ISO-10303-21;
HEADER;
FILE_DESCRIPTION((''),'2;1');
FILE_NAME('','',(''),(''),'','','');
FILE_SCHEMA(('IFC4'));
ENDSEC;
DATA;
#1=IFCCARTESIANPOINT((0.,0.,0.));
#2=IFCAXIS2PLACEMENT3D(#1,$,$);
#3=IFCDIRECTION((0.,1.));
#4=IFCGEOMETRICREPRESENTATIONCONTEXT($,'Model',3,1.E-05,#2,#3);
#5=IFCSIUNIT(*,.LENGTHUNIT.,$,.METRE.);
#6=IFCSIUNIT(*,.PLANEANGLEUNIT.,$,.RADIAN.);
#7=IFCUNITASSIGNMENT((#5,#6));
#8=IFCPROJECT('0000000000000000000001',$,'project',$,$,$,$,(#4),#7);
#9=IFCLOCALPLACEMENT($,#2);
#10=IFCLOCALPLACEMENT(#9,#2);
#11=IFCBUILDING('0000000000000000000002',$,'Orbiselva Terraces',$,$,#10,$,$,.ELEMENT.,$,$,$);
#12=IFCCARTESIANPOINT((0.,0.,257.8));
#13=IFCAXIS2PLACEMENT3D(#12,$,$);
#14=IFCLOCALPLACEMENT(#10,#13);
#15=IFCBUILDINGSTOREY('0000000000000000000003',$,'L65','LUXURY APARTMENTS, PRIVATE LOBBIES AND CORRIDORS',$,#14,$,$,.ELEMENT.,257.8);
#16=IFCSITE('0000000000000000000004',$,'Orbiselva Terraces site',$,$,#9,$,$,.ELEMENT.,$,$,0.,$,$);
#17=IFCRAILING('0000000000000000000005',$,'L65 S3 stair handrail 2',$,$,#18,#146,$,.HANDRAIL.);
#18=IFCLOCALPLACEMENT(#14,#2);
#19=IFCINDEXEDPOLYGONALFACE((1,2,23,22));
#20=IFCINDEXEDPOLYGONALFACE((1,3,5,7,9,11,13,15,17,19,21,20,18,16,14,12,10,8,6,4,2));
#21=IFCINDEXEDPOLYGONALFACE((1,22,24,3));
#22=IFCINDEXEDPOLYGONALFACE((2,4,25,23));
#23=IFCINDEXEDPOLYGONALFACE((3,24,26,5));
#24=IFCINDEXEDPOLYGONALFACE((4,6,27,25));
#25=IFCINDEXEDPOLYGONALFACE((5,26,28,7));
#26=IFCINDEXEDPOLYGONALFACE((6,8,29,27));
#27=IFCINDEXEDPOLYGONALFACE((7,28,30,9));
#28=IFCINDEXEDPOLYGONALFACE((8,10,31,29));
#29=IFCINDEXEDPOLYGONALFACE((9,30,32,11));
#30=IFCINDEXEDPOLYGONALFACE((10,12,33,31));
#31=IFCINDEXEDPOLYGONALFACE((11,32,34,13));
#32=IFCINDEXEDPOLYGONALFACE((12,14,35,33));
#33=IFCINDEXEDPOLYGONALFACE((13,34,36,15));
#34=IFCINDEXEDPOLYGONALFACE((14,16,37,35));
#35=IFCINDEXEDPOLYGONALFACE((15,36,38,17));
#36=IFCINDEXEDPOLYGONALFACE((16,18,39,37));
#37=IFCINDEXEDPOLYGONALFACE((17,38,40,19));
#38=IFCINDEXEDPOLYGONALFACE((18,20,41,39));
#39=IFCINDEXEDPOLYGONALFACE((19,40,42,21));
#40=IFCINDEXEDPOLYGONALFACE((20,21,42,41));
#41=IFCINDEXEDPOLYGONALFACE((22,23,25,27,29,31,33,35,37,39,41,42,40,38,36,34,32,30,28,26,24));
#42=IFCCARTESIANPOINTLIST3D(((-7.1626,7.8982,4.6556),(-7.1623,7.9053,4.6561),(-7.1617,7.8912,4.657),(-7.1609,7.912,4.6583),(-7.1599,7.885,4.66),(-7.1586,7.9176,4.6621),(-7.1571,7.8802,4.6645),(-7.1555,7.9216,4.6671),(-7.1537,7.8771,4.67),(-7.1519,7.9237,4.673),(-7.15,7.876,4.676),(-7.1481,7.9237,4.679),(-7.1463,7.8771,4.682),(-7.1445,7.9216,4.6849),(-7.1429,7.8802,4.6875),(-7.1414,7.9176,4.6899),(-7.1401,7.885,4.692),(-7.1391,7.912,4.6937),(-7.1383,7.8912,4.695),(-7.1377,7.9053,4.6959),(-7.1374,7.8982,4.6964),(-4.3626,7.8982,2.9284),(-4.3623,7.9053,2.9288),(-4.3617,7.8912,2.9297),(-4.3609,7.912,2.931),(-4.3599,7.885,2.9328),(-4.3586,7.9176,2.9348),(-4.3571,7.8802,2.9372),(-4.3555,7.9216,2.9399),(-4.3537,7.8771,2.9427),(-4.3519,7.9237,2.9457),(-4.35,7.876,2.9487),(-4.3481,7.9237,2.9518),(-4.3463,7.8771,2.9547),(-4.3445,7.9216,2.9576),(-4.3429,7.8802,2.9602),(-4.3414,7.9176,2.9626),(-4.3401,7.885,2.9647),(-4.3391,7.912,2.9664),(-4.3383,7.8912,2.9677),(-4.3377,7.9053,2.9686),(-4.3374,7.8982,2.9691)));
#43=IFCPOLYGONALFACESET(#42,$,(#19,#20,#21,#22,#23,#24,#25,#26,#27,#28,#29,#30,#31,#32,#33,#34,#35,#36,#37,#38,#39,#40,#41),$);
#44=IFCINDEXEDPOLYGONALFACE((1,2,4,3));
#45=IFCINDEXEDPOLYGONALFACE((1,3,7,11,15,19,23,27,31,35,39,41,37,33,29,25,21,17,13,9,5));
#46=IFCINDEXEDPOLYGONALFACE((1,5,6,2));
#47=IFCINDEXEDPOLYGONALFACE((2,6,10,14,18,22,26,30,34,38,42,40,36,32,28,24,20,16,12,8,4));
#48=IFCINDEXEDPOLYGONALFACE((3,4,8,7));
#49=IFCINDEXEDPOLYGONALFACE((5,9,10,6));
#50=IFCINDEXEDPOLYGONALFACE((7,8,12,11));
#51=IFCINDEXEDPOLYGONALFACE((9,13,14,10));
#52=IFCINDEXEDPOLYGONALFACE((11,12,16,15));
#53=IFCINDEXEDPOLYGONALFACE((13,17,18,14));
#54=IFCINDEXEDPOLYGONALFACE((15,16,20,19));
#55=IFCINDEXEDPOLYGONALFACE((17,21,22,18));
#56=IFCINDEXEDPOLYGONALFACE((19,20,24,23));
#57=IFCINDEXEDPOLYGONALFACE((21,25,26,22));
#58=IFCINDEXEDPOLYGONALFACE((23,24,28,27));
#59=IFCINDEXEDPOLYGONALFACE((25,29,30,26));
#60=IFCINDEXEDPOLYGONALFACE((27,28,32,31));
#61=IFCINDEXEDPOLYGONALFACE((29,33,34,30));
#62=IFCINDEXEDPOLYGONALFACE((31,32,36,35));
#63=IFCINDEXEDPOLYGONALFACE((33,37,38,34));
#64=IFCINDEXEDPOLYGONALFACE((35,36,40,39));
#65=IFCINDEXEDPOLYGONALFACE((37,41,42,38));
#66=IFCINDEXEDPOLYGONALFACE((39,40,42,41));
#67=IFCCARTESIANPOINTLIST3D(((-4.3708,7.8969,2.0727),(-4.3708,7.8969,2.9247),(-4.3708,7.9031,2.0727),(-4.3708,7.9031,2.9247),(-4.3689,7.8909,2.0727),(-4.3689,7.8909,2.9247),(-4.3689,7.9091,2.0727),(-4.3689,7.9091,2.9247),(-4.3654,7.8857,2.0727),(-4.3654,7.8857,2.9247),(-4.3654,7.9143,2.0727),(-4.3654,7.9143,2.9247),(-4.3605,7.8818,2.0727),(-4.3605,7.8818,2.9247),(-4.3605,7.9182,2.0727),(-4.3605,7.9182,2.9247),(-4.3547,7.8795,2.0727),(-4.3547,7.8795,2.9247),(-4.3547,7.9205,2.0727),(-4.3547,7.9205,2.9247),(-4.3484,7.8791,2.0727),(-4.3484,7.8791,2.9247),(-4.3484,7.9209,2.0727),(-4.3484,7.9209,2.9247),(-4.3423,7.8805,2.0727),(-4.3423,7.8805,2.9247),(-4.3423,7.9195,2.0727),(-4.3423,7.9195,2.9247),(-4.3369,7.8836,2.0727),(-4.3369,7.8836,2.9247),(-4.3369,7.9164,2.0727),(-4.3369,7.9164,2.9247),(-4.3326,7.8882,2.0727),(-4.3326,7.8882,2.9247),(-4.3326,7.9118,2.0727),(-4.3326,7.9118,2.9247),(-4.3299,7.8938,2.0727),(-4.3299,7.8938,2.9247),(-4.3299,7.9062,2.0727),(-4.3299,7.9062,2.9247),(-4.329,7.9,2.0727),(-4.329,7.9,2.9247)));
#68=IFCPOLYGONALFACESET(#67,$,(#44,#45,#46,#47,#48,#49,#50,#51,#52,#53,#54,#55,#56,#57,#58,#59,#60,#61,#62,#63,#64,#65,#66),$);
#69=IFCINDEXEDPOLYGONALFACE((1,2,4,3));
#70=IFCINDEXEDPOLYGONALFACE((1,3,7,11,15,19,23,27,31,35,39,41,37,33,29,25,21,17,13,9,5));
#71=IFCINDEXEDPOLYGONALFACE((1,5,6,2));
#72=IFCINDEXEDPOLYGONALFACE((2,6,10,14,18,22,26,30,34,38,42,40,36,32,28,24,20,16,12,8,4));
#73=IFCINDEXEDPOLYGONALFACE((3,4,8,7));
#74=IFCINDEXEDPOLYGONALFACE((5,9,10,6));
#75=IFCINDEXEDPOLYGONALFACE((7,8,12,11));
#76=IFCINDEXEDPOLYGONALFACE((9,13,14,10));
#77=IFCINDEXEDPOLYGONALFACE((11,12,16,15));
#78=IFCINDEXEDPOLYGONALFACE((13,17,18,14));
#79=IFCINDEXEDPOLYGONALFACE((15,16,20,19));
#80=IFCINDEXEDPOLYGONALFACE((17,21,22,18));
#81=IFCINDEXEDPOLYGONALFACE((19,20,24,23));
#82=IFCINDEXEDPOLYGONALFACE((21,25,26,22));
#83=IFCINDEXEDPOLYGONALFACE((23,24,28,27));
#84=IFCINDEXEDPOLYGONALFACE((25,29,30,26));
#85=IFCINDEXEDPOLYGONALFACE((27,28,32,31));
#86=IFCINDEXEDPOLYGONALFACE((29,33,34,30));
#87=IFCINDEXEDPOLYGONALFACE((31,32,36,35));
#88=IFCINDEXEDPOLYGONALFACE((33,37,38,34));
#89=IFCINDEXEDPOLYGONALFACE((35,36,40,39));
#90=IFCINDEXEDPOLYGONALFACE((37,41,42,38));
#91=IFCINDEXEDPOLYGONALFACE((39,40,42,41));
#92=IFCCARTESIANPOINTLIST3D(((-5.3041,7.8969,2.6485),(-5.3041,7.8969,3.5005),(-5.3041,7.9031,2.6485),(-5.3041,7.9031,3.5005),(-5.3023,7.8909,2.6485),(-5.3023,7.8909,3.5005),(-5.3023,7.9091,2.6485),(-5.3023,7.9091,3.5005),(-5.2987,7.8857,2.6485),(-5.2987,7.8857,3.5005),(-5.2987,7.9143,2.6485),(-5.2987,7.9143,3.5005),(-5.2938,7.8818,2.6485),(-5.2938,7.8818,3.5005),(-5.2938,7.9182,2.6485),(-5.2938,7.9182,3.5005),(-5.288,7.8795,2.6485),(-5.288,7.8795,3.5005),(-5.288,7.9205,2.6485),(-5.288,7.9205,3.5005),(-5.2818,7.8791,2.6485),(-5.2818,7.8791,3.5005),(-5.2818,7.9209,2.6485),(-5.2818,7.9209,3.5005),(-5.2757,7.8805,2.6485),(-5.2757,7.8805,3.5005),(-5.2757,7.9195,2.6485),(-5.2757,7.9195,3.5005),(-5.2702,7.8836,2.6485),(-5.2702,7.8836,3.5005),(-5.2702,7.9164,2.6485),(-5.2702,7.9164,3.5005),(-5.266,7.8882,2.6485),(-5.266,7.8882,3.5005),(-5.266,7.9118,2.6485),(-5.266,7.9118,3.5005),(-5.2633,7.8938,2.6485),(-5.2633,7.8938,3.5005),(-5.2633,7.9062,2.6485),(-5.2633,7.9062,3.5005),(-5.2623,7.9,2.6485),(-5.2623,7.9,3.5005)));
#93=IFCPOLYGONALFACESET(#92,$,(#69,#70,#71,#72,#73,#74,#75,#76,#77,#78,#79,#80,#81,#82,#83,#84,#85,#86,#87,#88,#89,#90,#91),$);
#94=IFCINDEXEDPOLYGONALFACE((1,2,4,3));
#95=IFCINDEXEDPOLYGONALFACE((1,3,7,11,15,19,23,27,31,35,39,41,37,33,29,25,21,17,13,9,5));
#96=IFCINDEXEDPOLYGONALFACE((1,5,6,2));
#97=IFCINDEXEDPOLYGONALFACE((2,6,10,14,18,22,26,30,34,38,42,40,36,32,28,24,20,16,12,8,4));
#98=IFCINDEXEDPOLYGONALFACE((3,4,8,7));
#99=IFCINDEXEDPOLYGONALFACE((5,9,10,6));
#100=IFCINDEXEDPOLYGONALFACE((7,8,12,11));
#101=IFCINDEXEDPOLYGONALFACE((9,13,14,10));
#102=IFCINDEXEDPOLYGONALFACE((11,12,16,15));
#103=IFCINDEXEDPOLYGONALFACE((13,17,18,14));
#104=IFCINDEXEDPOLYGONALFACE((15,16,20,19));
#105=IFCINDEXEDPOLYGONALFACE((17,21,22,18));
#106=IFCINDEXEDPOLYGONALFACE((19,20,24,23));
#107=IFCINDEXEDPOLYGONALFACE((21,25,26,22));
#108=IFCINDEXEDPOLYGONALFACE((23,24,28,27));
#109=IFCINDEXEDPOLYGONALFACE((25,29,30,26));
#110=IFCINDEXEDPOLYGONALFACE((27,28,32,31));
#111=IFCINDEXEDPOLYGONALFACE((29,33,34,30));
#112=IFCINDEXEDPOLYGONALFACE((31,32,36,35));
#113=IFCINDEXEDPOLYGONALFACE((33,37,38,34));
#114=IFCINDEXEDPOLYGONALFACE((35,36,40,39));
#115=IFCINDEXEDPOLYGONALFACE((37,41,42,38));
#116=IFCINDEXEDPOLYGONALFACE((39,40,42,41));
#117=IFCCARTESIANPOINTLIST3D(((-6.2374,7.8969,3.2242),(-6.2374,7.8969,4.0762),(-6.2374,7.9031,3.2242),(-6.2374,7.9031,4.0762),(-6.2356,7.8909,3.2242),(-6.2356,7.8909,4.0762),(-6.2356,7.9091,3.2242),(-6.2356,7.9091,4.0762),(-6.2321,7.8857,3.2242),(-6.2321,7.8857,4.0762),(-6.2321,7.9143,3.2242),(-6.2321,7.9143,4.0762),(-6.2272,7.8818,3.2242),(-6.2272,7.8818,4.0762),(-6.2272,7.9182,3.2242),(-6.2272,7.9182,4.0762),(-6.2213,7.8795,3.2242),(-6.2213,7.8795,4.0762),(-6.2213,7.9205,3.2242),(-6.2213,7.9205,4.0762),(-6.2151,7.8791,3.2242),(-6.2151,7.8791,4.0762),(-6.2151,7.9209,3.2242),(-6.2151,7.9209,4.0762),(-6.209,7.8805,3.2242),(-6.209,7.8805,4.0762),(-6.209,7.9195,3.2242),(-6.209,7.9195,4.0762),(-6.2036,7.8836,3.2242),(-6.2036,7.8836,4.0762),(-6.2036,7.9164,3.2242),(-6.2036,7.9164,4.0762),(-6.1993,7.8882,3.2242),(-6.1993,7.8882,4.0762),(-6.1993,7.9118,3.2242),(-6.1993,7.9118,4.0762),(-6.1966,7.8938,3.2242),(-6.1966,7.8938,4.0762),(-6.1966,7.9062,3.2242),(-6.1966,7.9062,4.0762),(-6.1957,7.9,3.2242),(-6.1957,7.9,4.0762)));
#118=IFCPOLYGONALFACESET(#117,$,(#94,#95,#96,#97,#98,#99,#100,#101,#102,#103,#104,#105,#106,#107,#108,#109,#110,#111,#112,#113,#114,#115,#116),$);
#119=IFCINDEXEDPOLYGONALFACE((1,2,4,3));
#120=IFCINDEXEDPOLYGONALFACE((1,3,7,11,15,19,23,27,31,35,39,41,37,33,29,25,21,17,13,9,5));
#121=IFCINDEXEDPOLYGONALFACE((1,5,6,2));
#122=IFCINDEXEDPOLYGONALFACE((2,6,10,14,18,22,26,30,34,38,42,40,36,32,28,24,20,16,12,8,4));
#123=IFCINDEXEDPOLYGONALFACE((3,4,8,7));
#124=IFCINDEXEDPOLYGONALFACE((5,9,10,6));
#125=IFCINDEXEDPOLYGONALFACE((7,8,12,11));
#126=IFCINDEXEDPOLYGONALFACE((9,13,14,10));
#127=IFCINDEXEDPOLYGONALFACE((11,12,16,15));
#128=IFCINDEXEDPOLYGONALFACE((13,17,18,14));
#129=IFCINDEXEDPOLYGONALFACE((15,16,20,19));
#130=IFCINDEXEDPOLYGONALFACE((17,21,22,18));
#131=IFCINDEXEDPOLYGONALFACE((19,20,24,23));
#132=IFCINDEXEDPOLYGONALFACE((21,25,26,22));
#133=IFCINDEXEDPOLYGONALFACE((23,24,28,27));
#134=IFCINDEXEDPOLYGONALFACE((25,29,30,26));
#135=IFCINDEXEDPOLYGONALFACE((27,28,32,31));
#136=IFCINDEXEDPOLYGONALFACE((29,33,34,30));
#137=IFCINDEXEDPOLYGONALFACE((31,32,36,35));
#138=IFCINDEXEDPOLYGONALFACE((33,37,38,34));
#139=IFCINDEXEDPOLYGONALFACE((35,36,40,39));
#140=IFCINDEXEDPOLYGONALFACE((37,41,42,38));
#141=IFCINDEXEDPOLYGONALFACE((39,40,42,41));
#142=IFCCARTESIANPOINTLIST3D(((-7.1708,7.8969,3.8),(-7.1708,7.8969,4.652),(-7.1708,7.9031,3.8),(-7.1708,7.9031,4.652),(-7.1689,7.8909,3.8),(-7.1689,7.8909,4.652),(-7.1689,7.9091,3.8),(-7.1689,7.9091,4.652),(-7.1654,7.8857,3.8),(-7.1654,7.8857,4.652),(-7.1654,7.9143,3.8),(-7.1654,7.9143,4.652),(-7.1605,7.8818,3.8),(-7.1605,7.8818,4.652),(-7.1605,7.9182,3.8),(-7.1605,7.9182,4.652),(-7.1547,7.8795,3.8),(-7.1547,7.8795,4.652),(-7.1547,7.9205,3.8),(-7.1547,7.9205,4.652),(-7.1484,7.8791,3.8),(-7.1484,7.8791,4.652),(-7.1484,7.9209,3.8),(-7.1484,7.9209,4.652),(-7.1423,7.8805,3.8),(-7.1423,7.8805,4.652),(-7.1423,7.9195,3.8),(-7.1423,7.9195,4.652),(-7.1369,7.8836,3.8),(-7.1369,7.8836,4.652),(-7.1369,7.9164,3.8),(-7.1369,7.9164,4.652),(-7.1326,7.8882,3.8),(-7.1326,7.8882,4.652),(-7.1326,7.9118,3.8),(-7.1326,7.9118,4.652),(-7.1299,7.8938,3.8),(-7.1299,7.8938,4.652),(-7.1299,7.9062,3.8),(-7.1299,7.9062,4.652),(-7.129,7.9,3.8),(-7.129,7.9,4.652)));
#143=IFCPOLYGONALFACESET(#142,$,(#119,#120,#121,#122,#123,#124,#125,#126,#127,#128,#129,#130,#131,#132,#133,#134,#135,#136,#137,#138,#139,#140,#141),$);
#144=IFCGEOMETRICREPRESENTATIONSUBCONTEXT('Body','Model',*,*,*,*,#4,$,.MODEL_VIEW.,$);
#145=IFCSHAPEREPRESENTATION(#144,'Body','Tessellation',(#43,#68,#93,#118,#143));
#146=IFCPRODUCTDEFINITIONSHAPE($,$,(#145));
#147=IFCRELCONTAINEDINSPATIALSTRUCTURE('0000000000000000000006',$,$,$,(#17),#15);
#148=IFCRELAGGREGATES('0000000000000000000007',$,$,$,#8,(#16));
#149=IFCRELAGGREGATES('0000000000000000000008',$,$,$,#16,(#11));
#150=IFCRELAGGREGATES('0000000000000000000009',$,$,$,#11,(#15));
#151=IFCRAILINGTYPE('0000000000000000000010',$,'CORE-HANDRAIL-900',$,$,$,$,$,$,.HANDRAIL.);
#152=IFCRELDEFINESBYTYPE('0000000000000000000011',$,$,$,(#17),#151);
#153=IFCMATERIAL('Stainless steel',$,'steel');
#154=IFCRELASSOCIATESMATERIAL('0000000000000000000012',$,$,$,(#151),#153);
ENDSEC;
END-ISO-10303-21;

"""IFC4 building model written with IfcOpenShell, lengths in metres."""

from ifc_helpers import new_model, si_unit, direction, frame, origin, origin_2d, place, context, subcontext, project, spatial, circle, extrude, material, type_object, element, save


model = new_model("IFC4")

# Units and contexts
model_context = context("Model", 3, precision=1e-05, world=origin(), true_north=direction((0.0, 1.0)))
body_context = subcontext(model_context, "Body", "Model", "MODEL_VIEW")
ifc_project = project(units=[si_unit("LENGTHUNIT", "METRE"), si_unit("PLANEANGLEUNIT", "RADIAN")], contexts=[model_context])

# Site, building, storey
site_placement = place(None, origin())
site = spatial("IfcSite", under=ifc_project, at=site_placement, Name="Orbiselva Terraces site", CompositionType="ELEMENT", RefElevation=0.0)
building_placement = place(site_placement, origin())
building = spatial("IfcBuilding", under=site, at=building_placement, Name="Orbiselva Terraces", CompositionType="ELEMENT")
storey_placement = place(building_placement, frame((0.0, 0.0, 257.8)))
storey = spatial("IfcBuildingStorey", under=building, at=storey_placement, Name="L65", Description="LUXURY APARTMENTS, PRIVATE LOBBIES AND CORRIDORS", CompositionType="ELEMENT", Elevation=257.8)

# Railing
ifc_material_1 = material(Name="Stainless steel", Category="steel")
railing_type_1 = type_object("IfcRailingType", Name="CORE-HANDRAIL-900", PredefinedType="HANDRAIL", material=ifc_material_1)
railing_1_placement = place(storey_placement, frame((-4.35, 7.9, 2.0727)))
element("IfcRailing", 1, at=railing_1_placement, inside=storey, type_object=railing_type_1, Name="L65 S3 stair handrail 2", PredefinedType="HANDRAIL", context=body_context, shape_type="SweptSolid", body=[
    extrude(circle(Radius=0.024, at=origin_2d()), frame((0.0, 0.0, 0.876), z_axis=(-0.851089, 0.0, 0.525022), x_axis=(0.0, -1.0, 0.0)), (0.0, 0.0, 1.0), 3.2899),
    extrude(circle(Radius=0.021, at=origin_2d()), origin(), (0.0, 0.0, 1.0), 0.852),
    extrude(circle(Radius=0.021, at=origin_2d()), frame((-0.9333, 0.0, 0.5758)), (0.0, 0.0, 1.0), 0.852),
    extrude(circle(Radius=0.021, at=origin_2d()), frame((-1.8667, 0.0, 1.1515)), (0.0, 0.0, 1.0), 0.852),
    extrude(circle(Radius=0.021, at=origin_2d()), frame((-2.8, 0.0, 1.7273)), (0.0, 0.0, 1.0), 0.852),
])

save(model, "model.ifc")
